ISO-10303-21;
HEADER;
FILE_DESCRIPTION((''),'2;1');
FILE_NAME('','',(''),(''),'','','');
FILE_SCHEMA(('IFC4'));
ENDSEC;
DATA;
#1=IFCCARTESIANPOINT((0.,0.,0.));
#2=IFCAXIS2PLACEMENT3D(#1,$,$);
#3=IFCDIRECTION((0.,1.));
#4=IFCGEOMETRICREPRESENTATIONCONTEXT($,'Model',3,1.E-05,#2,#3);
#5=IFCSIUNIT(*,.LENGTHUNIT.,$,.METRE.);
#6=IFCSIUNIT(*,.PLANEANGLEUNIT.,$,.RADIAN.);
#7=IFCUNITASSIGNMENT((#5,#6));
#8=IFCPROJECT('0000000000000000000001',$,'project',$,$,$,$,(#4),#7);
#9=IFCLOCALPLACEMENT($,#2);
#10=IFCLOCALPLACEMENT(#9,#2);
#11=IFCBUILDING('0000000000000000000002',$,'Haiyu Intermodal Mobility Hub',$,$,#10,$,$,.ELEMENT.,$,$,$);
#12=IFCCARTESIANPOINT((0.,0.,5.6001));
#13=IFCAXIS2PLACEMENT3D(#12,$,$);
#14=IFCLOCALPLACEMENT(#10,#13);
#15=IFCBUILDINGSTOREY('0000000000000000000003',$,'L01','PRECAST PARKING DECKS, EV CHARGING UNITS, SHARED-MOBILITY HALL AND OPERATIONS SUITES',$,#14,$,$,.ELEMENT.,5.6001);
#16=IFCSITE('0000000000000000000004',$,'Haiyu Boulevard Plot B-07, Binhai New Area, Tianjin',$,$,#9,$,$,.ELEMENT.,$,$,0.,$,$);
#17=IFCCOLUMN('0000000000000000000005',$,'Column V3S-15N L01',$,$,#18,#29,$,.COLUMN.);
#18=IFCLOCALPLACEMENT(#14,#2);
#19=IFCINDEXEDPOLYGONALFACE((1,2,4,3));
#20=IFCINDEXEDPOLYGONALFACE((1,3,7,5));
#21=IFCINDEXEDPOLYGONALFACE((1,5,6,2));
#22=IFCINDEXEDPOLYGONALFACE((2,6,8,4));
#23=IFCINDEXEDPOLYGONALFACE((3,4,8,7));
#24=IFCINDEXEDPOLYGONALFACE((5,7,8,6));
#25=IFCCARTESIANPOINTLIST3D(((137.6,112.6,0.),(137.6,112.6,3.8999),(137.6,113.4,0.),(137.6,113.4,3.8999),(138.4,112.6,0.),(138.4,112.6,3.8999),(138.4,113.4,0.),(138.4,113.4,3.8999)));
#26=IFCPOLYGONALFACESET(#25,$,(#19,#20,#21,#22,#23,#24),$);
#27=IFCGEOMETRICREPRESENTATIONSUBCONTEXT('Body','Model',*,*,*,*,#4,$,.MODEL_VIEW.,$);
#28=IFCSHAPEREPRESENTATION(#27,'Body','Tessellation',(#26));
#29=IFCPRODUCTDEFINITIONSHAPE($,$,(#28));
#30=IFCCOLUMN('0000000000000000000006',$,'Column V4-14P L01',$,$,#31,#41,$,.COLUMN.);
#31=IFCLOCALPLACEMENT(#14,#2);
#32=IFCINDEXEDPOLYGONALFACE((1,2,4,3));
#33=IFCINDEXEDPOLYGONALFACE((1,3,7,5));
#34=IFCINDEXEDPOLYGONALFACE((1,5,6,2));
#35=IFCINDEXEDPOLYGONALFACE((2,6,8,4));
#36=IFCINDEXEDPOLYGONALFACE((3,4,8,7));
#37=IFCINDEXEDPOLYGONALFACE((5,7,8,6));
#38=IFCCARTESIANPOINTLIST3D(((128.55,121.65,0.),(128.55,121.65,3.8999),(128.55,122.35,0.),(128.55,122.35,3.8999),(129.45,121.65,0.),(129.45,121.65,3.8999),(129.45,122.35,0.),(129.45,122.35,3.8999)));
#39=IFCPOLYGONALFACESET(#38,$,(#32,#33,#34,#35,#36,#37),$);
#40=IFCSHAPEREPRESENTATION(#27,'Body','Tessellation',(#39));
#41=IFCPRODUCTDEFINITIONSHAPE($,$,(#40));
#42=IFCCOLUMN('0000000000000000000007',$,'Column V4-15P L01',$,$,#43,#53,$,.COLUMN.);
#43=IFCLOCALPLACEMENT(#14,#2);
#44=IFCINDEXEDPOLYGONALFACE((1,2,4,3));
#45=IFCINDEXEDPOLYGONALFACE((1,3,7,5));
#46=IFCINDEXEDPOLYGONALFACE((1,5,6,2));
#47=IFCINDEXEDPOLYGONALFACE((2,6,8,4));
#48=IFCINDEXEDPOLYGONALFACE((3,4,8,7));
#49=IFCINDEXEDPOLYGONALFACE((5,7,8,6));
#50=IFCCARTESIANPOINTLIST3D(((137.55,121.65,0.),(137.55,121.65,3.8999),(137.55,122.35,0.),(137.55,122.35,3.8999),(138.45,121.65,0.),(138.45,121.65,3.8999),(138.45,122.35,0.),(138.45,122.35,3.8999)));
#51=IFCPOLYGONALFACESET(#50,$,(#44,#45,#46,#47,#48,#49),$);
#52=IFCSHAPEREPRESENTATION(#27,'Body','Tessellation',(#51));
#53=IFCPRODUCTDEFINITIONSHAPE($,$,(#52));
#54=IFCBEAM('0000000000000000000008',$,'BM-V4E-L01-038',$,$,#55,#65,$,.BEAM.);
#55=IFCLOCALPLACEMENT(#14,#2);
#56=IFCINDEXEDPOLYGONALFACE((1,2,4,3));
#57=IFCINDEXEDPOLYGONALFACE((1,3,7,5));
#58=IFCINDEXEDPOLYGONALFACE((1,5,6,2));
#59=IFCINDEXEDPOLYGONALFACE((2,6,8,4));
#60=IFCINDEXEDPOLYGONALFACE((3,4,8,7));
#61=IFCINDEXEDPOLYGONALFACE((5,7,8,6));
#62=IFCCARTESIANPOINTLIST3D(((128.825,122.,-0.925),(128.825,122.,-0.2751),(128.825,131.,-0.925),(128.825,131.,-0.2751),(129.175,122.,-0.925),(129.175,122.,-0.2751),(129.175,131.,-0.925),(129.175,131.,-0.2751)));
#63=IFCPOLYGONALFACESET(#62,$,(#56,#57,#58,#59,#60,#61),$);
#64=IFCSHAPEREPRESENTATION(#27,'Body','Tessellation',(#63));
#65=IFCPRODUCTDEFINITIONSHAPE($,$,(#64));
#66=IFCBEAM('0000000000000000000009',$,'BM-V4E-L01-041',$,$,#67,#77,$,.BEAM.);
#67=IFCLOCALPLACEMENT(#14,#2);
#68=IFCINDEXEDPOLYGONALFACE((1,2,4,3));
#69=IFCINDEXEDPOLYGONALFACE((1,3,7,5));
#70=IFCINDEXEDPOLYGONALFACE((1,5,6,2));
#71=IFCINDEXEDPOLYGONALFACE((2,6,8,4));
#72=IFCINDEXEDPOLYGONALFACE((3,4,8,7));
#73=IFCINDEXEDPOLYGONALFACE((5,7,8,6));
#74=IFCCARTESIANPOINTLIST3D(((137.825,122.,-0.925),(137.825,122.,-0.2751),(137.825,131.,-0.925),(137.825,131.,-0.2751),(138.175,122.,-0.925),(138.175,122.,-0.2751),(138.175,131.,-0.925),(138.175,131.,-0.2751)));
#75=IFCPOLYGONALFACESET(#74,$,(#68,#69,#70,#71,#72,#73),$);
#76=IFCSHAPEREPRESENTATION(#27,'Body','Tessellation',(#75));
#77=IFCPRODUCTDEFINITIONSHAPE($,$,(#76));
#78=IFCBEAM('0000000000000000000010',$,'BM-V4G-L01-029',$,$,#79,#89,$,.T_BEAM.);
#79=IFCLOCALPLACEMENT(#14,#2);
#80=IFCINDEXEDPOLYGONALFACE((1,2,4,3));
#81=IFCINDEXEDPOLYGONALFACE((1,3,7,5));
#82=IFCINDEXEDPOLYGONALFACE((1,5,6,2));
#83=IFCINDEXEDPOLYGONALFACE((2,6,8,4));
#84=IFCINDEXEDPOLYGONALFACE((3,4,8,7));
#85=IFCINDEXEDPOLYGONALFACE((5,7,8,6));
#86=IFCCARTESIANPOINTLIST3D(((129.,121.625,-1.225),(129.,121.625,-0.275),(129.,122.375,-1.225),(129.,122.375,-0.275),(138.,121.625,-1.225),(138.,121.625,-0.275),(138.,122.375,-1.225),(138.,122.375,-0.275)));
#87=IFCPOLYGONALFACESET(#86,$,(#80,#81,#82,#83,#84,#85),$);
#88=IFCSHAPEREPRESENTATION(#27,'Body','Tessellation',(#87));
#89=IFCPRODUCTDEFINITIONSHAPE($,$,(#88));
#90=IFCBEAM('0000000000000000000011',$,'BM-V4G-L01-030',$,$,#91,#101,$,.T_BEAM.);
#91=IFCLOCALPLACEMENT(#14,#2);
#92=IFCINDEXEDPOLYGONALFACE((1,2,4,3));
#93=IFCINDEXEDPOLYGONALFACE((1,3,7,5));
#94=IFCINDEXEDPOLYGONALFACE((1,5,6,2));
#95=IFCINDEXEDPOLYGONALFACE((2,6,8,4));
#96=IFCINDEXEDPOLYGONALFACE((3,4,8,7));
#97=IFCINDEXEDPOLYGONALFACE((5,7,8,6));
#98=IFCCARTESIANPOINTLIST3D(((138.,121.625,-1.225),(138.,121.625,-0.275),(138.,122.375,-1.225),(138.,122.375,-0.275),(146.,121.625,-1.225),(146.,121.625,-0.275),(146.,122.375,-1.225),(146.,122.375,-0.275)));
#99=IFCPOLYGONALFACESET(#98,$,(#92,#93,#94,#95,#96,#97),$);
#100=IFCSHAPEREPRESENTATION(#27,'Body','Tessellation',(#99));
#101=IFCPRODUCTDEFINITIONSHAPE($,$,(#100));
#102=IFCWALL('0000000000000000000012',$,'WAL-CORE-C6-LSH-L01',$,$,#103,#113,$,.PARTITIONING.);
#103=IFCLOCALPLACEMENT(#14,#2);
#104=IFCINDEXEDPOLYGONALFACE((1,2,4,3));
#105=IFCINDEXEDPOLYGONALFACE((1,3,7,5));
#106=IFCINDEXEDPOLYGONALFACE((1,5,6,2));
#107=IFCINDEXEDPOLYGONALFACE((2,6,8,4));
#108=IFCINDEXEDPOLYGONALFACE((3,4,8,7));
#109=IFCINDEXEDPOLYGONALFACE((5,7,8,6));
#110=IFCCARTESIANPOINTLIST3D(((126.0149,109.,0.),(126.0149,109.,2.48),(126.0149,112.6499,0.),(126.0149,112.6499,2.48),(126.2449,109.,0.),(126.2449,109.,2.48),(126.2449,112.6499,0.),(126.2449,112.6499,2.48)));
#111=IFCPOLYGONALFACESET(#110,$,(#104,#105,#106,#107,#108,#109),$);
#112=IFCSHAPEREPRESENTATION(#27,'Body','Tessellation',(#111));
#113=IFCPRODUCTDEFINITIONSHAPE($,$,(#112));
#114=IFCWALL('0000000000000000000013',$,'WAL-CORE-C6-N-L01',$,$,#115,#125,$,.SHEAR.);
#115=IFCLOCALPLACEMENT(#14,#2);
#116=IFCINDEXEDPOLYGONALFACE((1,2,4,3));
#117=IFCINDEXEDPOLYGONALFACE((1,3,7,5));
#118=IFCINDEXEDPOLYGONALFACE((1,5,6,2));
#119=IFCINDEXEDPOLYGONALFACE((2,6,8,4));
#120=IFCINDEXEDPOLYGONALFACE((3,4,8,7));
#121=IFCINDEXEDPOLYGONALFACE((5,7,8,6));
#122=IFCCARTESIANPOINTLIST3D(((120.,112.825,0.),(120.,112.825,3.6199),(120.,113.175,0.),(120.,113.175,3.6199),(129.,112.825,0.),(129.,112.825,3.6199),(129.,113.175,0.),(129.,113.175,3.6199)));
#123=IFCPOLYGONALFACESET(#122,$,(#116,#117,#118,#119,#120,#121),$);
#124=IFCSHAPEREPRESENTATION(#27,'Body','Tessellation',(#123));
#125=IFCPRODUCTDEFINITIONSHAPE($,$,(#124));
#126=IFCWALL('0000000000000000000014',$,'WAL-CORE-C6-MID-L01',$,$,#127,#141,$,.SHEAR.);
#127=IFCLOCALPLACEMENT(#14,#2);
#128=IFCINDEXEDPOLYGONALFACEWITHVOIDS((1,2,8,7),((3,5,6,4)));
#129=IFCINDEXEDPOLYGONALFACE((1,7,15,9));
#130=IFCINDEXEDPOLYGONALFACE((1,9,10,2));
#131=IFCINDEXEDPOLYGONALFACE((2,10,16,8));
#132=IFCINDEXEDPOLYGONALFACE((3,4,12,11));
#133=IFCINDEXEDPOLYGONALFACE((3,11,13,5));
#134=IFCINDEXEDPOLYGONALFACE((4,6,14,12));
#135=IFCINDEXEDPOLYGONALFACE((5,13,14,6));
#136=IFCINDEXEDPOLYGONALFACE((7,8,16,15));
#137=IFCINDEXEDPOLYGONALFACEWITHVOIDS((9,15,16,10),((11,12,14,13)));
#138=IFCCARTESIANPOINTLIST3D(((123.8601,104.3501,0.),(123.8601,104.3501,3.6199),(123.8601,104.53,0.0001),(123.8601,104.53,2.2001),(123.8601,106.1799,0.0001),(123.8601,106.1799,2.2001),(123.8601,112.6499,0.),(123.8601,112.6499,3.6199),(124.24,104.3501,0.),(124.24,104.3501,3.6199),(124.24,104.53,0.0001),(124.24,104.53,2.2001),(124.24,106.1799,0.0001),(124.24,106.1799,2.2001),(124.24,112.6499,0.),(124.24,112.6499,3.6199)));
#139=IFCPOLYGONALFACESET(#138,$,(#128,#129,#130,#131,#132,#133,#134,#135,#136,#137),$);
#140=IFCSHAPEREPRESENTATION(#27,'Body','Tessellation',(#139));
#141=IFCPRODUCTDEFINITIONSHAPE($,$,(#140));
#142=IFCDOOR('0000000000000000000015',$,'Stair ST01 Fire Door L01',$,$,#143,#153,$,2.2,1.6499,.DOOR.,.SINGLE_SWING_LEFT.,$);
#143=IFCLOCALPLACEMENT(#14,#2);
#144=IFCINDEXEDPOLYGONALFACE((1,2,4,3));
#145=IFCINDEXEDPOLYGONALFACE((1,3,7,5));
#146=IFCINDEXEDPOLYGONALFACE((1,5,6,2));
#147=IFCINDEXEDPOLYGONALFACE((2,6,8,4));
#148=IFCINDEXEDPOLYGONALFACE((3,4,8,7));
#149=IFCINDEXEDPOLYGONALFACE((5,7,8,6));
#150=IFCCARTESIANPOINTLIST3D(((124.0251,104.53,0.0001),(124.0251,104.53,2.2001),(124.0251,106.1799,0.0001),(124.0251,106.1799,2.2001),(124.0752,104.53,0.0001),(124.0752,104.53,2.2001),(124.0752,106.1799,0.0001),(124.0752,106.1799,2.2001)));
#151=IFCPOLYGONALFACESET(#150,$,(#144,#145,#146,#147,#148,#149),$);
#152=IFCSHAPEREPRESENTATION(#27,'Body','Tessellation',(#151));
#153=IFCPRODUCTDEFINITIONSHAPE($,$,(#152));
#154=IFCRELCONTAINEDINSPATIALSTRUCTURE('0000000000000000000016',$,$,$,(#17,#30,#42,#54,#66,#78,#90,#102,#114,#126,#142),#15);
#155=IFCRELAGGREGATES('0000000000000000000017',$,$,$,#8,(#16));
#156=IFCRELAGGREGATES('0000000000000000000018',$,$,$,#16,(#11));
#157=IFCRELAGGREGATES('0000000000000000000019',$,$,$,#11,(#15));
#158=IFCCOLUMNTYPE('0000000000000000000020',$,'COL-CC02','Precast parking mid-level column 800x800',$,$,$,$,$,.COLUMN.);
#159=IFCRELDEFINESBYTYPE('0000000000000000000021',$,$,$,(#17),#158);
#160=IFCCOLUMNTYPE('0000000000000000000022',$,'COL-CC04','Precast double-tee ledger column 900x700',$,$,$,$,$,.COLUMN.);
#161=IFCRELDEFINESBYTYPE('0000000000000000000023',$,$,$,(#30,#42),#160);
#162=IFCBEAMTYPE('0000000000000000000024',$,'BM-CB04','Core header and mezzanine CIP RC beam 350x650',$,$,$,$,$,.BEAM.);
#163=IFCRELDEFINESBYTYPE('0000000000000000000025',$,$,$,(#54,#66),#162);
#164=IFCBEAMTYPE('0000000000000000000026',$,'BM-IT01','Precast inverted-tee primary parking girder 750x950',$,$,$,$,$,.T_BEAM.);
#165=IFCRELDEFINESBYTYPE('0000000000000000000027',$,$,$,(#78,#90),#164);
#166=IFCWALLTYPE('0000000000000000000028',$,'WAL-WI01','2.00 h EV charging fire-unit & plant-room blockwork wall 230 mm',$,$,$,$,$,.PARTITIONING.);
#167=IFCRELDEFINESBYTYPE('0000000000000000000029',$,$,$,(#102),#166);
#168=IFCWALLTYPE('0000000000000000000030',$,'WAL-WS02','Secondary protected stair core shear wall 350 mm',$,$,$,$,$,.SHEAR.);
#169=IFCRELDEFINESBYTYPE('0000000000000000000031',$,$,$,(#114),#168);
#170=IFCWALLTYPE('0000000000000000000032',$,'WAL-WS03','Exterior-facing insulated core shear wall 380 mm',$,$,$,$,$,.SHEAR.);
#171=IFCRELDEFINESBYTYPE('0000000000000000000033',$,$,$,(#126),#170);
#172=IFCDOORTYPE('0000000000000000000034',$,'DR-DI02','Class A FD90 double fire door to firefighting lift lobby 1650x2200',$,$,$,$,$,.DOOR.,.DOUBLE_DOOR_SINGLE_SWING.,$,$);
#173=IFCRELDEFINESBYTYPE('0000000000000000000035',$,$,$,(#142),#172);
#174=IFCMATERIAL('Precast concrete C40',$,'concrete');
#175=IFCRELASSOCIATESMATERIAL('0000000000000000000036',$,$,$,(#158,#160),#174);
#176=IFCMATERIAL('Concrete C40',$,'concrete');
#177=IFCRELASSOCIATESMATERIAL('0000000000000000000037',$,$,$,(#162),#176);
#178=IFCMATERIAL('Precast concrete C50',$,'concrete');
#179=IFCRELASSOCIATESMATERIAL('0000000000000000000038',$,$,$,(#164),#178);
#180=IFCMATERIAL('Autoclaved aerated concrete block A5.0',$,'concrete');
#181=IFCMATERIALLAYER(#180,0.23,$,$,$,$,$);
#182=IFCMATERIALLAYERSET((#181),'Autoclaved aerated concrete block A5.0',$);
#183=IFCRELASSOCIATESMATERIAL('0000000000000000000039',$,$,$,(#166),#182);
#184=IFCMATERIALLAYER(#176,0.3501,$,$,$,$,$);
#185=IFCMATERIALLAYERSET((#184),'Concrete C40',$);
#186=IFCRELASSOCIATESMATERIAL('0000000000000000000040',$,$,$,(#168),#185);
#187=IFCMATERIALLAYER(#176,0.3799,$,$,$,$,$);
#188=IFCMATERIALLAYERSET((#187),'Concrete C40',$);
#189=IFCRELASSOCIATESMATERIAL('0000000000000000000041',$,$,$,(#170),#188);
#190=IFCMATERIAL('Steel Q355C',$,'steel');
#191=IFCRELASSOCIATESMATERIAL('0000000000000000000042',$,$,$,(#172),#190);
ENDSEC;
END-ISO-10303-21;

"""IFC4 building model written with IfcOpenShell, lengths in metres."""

from ifc_helpers import new_model, si_unit, direction, frame, frame_2d, origin, origin_2d, place, context, subcontext, project, spatial, rectangle, extrude, material, layer, layer_set, material_profile, profile_set, type_object, element, fill, save


model = new_model("IFC4")

# Units and contexts
model_context = context("Model", 3, precision=1e-05, world=origin(), true_north=direction((0.0, 1.0)))
body_context = subcontext(model_context, "Body", "Model", "MODEL_VIEW")
ifc_project = project(units=[si_unit("LENGTHUNIT", "METRE"), si_unit("PLANEANGLEUNIT", "RADIAN")], contexts=[model_context])

# Site, building, storey
site_placement = place(None, origin())
site = spatial("IfcSite", under=ifc_project, at=site_placement, Name="Haiyu Boulevard Plot B-07, Binhai New Area, Tianjin", CompositionType="ELEMENT", RefElevation=0.0)
building_placement = place(site_placement, origin())
building = spatial("IfcBuilding", under=site, at=building_placement, Name="Haiyu Intermodal Mobility Hub", CompositionType="ELEMENT")
storey_placement = place(building_placement, frame((0.0, 0.0, 5.6001)))
storey = spatial("IfcBuildingStorey", under=building, at=storey_placement, Name="L01", Description="PRECAST PARKING DECKS, EV CHARGING UNITS, SHARED-MOBILITY HALL AND OPERATIONS SUITES", CompositionType="ELEMENT", Elevation=5.6001)

# Columns
ifc_material_1 = material(Name="Precast concrete C40", Category="concrete")
ifc_material_profile_1 = material_profile(ifc_material_1, rectangle(XDim=0.8, YDim=0.8, at=origin_2d()), Name="RC800x800")
ifc_profile_set_1 = profile_set([ifc_material_profile_1], Name="Precast concrete C40")
column_type_1 = type_object("IfcColumnType", Name="COL-CC02", Description="Precast parking mid-level column 800x800", PredefinedType="COLUMN", material=ifc_profile_set_1)
column_placement = place(storey_placement, frame((138.0, 113.0, 0.0), z_axis=(0.0, 0.0, 1.0), x_axis=(1.0, 0.0, 0.0)))
element("IfcColumn", 1, at=column_placement, inside=storey, type_object=column_type_1, Name="Column V3S-15N L01", PredefinedType="COLUMN", context=body_context, shape_type="SweptSolid", body=[
    extrude(rectangle(XDim=0.8, YDim=0.8, at=origin_2d()), origin(), (0.0, 0.0, 1.0), 3.8999),
])
ifc_material_profile_2 = material_profile(ifc_material_1, rectangle(XDim=0.8999, YDim=0.7, at=origin_2d()), Name="RC900x700")
ifc_profile_set_2 = profile_set([ifc_material_profile_2], Name="Precast concrete C40")
column_type_2 = type_object("IfcColumnType", Name="COL-CC04", Description="Precast double-tee ledger column 900x700", PredefinedType="COLUMN", material=ifc_profile_set_2)
for number, where, z_axis, x_axis, name in (
    (2, (129.0, 122.0, 0.0), (0.0, 0.0, 1.0), (1.0, 0.0, 0.0), "Column V4-14P L01"),
    (3, (138.0, 122.0, 0.0), (0.0, 0.0, 1.0), (1.0, 0.0, 0.0), "Column V4-15P L01"),
):
    element("IfcColumn", number, at=place(storey_placement, frame(where, z_axis=z_axis, x_axis=x_axis)), inside=storey, type_object=column_type_2, Name=name, PredefinedType="COLUMN", context=body_context, shape_type="SweptSolid", body=[
        extrude(rectangle(XDim=0.8999, YDim=0.7, at=origin_2d()), origin(), (0.0, 0.0, 1.0), 3.8999),
    ])

# Beams
ifc_material_2 = material(Name="Concrete C40", Category="concrete")
ifc_material_profile_3 = material_profile(ifc_material_2, rectangle(XDim=0.3501, YDim=0.6499, at=origin_2d()), Name="RCB350x650")
ifc_profile_set_3 = profile_set([ifc_material_profile_3], Name="Concrete C40")
beam_type_1 = type_object("IfcBeamType", Name="BM-CB04", Description="Core header and mezzanine CIP RC beam 350x650", PredefinedType="BEAM", material=ifc_profile_set_3)
for number, where, z_axis, x_axis, name in (
    (4, (129.0, 122.0, -0.6001), (0.0, 1.0, 0.0), (-1.0, 0.0, 0.0), "BM-V4E-L01-038"),
    (5, (138.0, 122.0, -0.6001), (0.0, 1.0, 0.0), (-1.0, 0.0, 0.0), "BM-V4E-L01-041"),
):
    element("IfcBeam", number, at=place(storey_placement, frame(where, z_axis=z_axis, x_axis=x_axis)), inside=storey, type_object=beam_type_1, Name=name, PredefinedType="BEAM", context=body_context, shape_type="SweptSolid", body=[
        extrude(rectangle(XDim=0.3501, YDim=0.6499, at=origin_2d()), origin(), (0.0, 0.0, 1.0), 9.0),
    ])
ifc_material_3 = material(Name="Precast concrete C50", Category="concrete")
ifc_material_profile_4 = material_profile(ifc_material_3, rectangle(XDim=0.75, YDim=0.95, at=origin_2d()), Name="PC750x950")
ifc_profile_set_4 = profile_set([ifc_material_profile_4], Name="Precast concrete C50")
beam_type_2 = type_object("IfcBeamType", Name="BM-IT01", Description="Precast inverted-tee primary parking girder 750x950", PredefinedType="T_BEAM", material=ifc_profile_set_4)
beam_1_placement = place(storey_placement, frame((129.0, 122.0, -0.75), z_axis=(1.0, 0.0, 0.0), x_axis=(0.0, 1.0, 0.0)))
element("IfcBeam", 6, at=beam_1_placement, inside=storey, type_object=beam_type_2, Name="BM-V4G-L01-029", PredefinedType="T_BEAM", context=body_context, shape_type="SweptSolid", body=[
    extrude(rectangle(XDim=0.75, YDim=0.95, at=origin_2d()), origin(), (0.0, 0.0, 1.0), 9.0),
])
beam_2_placement = place(storey_placement, frame((138.0, 122.0, -0.75), z_axis=(1.0, 0.0, 0.0), x_axis=(0.0, 1.0, 0.0)))
element("IfcBeam", 7, at=beam_2_placement, inside=storey, type_object=beam_type_2, Name="BM-V4G-L01-030", PredefinedType="T_BEAM", context=body_context, shape_type="SweptSolid", body=[
    extrude(rectangle(XDim=0.75, YDim=0.95, at=origin_2d()), origin(), (0.0, 0.0, 1.0), 8.0),
])

# Wall
ifc_material_4 = material(Name="Autoclaved aerated concrete block A5.0", Category="concrete")
ifc_layer_1 = layer(ifc_material_4, 0.23)
ifc_layer_set_1 = layer_set([ifc_layer_1], Name="Autoclaved aerated concrete block A5.0")
wall_type_1 = type_object("IfcWallType", Name="WAL-WI01", Description="2.00 h EV charging fire-unit & plant-room blockwork wall 230 mm", PredefinedType="PARTITIONING", material=ifc_layer_set_1)
wall_1_placement = place(storey_placement, frame((126.1299, 109.0, 0.0), z_axis=(0.0, 0.0, 1.0), x_axis=(0.0, 1.0, 0.0)))
element("IfcWall", 8, at=wall_1_placement, inside=storey, type_object=wall_type_1, Name="WAL-CORE-C6-LSH-L01", PredefinedType="PARTITIONING", context=body_context, shape_type="SweptSolid", body=[
    extrude(rectangle(XDim=3.6499, YDim=0.23, at=frame_2d((1.825, 0.0))), origin(), (0.0, 0.0, 1.0), 2.48),
])

# Shared definitions
ifc_material_5 = material(Name="Steel Q355C", Category="steel")

# Wall
ifc_layer_2 = layer(ifc_material_2, 0.3501)
ifc_layer_set_2 = layer_set([ifc_layer_2], Name="Concrete C40")
wall_type_2 = type_object("IfcWallType", Name="WAL-WS02", Description="Secondary protected stair core shear wall 350 mm", PredefinedType="SHEAR", material=ifc_layer_set_2)
wall_2_placement = place(storey_placement, frame((129.0, 113.0, 0.0), z_axis=(0.0, 0.0, 1.0), x_axis=(-1.0, 0.0, 0.0)))
element("IfcWall", 9, at=wall_2_placement, inside=storey, type_object=wall_type_2, Name="WAL-CORE-C6-N-L01", PredefinedType="SHEAR", context=body_context, shape_type="SweptSolid", body=[
    extrude(rectangle(XDim=9.0, YDim=0.3501, at=frame_2d((4.5, 0.0))), origin(), (0.0, 0.0, 1.0), 3.6199),
])

# Wall, opening, door
ifc_layer_3 = layer(ifc_material_2, 0.3799)
ifc_layer_set_3 = layer_set([ifc_layer_3], Name="Concrete C40")
wall_type_3 = type_object("IfcWallType", Name="WAL-WS03", Description="Exterior-facing insulated core shear wall 380 mm", PredefinedType="SHEAR", material=ifc_layer_set_3)
wall_3_placement = place(storey_placement, frame((124.05, 104.3501, 0.0), z_axis=(0.0, 0.0, 1.0), x_axis=(0.0, 1.0, 0.0)))
wall_3 = element("IfcWall", 10, at=wall_3_placement, inside=storey, type_object=wall_type_3, Name="WAL-CORE-C6-MID-L01", PredefinedType="SHEAR", context=body_context, shape_type="SweptSolid", body=[
    extrude(rectangle(XDim=8.2998, YDim=0.3799, at=frame_2d((4.1499, 0.0))), origin(), (0.0, 0.0, 1.0), 3.6199),
])
opening_1_placement = place(wall_3_placement, frame((0.1799, 0.0, 0.0)))
opening_1 = element("IfcOpeningElement", 11, at=opening_1_placement, cuts=wall_3, PredefinedType="OPENING", context=body_context, shape_type="SweptSolid", body=[
    extrude(rectangle(XDim=1.6499, YDim=2.2, at=frame_2d((0.825, 1.1001))), frame((0.0, 0.2, 0.0), z_axis=(0.0, -1.0, 0.0), x_axis=(1.0, 0.0, 0.0)), (0.0, 0.0, 1.0), 0.3999),
])
door_type_1 = type_object("IfcDoorType", Name="DR-DI02", Description="Class A FD90 double fire door to firefighting lift lobby 1650x2200", OperationType="DOUBLE_DOOR_SINGLE_SWING", PredefinedType="DOOR", material=ifc_material_5)
door_1_placement = place(opening_1_placement, origin())
door_1 = element("IfcDoor", 12, at=door_1_placement, inside=storey, type_object=door_type_1, Name="Stair ST01 Fire Door L01", OperationType="SINGLE_SWING_LEFT", OverallHeight=2.2, OverallWidth=1.6499, PredefinedType="DOOR", context=body_context, shape_type="SweptSolid", body=[
    extrude(rectangle(XDim=1.6499, YDim=2.2, at=frame_2d((0.825, 1.1001))), frame((0.0, 0.0249, 0.0), z_axis=(0.0, -1.0, 0.0), x_axis=(1.0, 0.0, 0.0)), (0.0, 0.0, 1.0), 0.05),
])
fill(opening_1, door_1)

save(model, "model.ifc")
